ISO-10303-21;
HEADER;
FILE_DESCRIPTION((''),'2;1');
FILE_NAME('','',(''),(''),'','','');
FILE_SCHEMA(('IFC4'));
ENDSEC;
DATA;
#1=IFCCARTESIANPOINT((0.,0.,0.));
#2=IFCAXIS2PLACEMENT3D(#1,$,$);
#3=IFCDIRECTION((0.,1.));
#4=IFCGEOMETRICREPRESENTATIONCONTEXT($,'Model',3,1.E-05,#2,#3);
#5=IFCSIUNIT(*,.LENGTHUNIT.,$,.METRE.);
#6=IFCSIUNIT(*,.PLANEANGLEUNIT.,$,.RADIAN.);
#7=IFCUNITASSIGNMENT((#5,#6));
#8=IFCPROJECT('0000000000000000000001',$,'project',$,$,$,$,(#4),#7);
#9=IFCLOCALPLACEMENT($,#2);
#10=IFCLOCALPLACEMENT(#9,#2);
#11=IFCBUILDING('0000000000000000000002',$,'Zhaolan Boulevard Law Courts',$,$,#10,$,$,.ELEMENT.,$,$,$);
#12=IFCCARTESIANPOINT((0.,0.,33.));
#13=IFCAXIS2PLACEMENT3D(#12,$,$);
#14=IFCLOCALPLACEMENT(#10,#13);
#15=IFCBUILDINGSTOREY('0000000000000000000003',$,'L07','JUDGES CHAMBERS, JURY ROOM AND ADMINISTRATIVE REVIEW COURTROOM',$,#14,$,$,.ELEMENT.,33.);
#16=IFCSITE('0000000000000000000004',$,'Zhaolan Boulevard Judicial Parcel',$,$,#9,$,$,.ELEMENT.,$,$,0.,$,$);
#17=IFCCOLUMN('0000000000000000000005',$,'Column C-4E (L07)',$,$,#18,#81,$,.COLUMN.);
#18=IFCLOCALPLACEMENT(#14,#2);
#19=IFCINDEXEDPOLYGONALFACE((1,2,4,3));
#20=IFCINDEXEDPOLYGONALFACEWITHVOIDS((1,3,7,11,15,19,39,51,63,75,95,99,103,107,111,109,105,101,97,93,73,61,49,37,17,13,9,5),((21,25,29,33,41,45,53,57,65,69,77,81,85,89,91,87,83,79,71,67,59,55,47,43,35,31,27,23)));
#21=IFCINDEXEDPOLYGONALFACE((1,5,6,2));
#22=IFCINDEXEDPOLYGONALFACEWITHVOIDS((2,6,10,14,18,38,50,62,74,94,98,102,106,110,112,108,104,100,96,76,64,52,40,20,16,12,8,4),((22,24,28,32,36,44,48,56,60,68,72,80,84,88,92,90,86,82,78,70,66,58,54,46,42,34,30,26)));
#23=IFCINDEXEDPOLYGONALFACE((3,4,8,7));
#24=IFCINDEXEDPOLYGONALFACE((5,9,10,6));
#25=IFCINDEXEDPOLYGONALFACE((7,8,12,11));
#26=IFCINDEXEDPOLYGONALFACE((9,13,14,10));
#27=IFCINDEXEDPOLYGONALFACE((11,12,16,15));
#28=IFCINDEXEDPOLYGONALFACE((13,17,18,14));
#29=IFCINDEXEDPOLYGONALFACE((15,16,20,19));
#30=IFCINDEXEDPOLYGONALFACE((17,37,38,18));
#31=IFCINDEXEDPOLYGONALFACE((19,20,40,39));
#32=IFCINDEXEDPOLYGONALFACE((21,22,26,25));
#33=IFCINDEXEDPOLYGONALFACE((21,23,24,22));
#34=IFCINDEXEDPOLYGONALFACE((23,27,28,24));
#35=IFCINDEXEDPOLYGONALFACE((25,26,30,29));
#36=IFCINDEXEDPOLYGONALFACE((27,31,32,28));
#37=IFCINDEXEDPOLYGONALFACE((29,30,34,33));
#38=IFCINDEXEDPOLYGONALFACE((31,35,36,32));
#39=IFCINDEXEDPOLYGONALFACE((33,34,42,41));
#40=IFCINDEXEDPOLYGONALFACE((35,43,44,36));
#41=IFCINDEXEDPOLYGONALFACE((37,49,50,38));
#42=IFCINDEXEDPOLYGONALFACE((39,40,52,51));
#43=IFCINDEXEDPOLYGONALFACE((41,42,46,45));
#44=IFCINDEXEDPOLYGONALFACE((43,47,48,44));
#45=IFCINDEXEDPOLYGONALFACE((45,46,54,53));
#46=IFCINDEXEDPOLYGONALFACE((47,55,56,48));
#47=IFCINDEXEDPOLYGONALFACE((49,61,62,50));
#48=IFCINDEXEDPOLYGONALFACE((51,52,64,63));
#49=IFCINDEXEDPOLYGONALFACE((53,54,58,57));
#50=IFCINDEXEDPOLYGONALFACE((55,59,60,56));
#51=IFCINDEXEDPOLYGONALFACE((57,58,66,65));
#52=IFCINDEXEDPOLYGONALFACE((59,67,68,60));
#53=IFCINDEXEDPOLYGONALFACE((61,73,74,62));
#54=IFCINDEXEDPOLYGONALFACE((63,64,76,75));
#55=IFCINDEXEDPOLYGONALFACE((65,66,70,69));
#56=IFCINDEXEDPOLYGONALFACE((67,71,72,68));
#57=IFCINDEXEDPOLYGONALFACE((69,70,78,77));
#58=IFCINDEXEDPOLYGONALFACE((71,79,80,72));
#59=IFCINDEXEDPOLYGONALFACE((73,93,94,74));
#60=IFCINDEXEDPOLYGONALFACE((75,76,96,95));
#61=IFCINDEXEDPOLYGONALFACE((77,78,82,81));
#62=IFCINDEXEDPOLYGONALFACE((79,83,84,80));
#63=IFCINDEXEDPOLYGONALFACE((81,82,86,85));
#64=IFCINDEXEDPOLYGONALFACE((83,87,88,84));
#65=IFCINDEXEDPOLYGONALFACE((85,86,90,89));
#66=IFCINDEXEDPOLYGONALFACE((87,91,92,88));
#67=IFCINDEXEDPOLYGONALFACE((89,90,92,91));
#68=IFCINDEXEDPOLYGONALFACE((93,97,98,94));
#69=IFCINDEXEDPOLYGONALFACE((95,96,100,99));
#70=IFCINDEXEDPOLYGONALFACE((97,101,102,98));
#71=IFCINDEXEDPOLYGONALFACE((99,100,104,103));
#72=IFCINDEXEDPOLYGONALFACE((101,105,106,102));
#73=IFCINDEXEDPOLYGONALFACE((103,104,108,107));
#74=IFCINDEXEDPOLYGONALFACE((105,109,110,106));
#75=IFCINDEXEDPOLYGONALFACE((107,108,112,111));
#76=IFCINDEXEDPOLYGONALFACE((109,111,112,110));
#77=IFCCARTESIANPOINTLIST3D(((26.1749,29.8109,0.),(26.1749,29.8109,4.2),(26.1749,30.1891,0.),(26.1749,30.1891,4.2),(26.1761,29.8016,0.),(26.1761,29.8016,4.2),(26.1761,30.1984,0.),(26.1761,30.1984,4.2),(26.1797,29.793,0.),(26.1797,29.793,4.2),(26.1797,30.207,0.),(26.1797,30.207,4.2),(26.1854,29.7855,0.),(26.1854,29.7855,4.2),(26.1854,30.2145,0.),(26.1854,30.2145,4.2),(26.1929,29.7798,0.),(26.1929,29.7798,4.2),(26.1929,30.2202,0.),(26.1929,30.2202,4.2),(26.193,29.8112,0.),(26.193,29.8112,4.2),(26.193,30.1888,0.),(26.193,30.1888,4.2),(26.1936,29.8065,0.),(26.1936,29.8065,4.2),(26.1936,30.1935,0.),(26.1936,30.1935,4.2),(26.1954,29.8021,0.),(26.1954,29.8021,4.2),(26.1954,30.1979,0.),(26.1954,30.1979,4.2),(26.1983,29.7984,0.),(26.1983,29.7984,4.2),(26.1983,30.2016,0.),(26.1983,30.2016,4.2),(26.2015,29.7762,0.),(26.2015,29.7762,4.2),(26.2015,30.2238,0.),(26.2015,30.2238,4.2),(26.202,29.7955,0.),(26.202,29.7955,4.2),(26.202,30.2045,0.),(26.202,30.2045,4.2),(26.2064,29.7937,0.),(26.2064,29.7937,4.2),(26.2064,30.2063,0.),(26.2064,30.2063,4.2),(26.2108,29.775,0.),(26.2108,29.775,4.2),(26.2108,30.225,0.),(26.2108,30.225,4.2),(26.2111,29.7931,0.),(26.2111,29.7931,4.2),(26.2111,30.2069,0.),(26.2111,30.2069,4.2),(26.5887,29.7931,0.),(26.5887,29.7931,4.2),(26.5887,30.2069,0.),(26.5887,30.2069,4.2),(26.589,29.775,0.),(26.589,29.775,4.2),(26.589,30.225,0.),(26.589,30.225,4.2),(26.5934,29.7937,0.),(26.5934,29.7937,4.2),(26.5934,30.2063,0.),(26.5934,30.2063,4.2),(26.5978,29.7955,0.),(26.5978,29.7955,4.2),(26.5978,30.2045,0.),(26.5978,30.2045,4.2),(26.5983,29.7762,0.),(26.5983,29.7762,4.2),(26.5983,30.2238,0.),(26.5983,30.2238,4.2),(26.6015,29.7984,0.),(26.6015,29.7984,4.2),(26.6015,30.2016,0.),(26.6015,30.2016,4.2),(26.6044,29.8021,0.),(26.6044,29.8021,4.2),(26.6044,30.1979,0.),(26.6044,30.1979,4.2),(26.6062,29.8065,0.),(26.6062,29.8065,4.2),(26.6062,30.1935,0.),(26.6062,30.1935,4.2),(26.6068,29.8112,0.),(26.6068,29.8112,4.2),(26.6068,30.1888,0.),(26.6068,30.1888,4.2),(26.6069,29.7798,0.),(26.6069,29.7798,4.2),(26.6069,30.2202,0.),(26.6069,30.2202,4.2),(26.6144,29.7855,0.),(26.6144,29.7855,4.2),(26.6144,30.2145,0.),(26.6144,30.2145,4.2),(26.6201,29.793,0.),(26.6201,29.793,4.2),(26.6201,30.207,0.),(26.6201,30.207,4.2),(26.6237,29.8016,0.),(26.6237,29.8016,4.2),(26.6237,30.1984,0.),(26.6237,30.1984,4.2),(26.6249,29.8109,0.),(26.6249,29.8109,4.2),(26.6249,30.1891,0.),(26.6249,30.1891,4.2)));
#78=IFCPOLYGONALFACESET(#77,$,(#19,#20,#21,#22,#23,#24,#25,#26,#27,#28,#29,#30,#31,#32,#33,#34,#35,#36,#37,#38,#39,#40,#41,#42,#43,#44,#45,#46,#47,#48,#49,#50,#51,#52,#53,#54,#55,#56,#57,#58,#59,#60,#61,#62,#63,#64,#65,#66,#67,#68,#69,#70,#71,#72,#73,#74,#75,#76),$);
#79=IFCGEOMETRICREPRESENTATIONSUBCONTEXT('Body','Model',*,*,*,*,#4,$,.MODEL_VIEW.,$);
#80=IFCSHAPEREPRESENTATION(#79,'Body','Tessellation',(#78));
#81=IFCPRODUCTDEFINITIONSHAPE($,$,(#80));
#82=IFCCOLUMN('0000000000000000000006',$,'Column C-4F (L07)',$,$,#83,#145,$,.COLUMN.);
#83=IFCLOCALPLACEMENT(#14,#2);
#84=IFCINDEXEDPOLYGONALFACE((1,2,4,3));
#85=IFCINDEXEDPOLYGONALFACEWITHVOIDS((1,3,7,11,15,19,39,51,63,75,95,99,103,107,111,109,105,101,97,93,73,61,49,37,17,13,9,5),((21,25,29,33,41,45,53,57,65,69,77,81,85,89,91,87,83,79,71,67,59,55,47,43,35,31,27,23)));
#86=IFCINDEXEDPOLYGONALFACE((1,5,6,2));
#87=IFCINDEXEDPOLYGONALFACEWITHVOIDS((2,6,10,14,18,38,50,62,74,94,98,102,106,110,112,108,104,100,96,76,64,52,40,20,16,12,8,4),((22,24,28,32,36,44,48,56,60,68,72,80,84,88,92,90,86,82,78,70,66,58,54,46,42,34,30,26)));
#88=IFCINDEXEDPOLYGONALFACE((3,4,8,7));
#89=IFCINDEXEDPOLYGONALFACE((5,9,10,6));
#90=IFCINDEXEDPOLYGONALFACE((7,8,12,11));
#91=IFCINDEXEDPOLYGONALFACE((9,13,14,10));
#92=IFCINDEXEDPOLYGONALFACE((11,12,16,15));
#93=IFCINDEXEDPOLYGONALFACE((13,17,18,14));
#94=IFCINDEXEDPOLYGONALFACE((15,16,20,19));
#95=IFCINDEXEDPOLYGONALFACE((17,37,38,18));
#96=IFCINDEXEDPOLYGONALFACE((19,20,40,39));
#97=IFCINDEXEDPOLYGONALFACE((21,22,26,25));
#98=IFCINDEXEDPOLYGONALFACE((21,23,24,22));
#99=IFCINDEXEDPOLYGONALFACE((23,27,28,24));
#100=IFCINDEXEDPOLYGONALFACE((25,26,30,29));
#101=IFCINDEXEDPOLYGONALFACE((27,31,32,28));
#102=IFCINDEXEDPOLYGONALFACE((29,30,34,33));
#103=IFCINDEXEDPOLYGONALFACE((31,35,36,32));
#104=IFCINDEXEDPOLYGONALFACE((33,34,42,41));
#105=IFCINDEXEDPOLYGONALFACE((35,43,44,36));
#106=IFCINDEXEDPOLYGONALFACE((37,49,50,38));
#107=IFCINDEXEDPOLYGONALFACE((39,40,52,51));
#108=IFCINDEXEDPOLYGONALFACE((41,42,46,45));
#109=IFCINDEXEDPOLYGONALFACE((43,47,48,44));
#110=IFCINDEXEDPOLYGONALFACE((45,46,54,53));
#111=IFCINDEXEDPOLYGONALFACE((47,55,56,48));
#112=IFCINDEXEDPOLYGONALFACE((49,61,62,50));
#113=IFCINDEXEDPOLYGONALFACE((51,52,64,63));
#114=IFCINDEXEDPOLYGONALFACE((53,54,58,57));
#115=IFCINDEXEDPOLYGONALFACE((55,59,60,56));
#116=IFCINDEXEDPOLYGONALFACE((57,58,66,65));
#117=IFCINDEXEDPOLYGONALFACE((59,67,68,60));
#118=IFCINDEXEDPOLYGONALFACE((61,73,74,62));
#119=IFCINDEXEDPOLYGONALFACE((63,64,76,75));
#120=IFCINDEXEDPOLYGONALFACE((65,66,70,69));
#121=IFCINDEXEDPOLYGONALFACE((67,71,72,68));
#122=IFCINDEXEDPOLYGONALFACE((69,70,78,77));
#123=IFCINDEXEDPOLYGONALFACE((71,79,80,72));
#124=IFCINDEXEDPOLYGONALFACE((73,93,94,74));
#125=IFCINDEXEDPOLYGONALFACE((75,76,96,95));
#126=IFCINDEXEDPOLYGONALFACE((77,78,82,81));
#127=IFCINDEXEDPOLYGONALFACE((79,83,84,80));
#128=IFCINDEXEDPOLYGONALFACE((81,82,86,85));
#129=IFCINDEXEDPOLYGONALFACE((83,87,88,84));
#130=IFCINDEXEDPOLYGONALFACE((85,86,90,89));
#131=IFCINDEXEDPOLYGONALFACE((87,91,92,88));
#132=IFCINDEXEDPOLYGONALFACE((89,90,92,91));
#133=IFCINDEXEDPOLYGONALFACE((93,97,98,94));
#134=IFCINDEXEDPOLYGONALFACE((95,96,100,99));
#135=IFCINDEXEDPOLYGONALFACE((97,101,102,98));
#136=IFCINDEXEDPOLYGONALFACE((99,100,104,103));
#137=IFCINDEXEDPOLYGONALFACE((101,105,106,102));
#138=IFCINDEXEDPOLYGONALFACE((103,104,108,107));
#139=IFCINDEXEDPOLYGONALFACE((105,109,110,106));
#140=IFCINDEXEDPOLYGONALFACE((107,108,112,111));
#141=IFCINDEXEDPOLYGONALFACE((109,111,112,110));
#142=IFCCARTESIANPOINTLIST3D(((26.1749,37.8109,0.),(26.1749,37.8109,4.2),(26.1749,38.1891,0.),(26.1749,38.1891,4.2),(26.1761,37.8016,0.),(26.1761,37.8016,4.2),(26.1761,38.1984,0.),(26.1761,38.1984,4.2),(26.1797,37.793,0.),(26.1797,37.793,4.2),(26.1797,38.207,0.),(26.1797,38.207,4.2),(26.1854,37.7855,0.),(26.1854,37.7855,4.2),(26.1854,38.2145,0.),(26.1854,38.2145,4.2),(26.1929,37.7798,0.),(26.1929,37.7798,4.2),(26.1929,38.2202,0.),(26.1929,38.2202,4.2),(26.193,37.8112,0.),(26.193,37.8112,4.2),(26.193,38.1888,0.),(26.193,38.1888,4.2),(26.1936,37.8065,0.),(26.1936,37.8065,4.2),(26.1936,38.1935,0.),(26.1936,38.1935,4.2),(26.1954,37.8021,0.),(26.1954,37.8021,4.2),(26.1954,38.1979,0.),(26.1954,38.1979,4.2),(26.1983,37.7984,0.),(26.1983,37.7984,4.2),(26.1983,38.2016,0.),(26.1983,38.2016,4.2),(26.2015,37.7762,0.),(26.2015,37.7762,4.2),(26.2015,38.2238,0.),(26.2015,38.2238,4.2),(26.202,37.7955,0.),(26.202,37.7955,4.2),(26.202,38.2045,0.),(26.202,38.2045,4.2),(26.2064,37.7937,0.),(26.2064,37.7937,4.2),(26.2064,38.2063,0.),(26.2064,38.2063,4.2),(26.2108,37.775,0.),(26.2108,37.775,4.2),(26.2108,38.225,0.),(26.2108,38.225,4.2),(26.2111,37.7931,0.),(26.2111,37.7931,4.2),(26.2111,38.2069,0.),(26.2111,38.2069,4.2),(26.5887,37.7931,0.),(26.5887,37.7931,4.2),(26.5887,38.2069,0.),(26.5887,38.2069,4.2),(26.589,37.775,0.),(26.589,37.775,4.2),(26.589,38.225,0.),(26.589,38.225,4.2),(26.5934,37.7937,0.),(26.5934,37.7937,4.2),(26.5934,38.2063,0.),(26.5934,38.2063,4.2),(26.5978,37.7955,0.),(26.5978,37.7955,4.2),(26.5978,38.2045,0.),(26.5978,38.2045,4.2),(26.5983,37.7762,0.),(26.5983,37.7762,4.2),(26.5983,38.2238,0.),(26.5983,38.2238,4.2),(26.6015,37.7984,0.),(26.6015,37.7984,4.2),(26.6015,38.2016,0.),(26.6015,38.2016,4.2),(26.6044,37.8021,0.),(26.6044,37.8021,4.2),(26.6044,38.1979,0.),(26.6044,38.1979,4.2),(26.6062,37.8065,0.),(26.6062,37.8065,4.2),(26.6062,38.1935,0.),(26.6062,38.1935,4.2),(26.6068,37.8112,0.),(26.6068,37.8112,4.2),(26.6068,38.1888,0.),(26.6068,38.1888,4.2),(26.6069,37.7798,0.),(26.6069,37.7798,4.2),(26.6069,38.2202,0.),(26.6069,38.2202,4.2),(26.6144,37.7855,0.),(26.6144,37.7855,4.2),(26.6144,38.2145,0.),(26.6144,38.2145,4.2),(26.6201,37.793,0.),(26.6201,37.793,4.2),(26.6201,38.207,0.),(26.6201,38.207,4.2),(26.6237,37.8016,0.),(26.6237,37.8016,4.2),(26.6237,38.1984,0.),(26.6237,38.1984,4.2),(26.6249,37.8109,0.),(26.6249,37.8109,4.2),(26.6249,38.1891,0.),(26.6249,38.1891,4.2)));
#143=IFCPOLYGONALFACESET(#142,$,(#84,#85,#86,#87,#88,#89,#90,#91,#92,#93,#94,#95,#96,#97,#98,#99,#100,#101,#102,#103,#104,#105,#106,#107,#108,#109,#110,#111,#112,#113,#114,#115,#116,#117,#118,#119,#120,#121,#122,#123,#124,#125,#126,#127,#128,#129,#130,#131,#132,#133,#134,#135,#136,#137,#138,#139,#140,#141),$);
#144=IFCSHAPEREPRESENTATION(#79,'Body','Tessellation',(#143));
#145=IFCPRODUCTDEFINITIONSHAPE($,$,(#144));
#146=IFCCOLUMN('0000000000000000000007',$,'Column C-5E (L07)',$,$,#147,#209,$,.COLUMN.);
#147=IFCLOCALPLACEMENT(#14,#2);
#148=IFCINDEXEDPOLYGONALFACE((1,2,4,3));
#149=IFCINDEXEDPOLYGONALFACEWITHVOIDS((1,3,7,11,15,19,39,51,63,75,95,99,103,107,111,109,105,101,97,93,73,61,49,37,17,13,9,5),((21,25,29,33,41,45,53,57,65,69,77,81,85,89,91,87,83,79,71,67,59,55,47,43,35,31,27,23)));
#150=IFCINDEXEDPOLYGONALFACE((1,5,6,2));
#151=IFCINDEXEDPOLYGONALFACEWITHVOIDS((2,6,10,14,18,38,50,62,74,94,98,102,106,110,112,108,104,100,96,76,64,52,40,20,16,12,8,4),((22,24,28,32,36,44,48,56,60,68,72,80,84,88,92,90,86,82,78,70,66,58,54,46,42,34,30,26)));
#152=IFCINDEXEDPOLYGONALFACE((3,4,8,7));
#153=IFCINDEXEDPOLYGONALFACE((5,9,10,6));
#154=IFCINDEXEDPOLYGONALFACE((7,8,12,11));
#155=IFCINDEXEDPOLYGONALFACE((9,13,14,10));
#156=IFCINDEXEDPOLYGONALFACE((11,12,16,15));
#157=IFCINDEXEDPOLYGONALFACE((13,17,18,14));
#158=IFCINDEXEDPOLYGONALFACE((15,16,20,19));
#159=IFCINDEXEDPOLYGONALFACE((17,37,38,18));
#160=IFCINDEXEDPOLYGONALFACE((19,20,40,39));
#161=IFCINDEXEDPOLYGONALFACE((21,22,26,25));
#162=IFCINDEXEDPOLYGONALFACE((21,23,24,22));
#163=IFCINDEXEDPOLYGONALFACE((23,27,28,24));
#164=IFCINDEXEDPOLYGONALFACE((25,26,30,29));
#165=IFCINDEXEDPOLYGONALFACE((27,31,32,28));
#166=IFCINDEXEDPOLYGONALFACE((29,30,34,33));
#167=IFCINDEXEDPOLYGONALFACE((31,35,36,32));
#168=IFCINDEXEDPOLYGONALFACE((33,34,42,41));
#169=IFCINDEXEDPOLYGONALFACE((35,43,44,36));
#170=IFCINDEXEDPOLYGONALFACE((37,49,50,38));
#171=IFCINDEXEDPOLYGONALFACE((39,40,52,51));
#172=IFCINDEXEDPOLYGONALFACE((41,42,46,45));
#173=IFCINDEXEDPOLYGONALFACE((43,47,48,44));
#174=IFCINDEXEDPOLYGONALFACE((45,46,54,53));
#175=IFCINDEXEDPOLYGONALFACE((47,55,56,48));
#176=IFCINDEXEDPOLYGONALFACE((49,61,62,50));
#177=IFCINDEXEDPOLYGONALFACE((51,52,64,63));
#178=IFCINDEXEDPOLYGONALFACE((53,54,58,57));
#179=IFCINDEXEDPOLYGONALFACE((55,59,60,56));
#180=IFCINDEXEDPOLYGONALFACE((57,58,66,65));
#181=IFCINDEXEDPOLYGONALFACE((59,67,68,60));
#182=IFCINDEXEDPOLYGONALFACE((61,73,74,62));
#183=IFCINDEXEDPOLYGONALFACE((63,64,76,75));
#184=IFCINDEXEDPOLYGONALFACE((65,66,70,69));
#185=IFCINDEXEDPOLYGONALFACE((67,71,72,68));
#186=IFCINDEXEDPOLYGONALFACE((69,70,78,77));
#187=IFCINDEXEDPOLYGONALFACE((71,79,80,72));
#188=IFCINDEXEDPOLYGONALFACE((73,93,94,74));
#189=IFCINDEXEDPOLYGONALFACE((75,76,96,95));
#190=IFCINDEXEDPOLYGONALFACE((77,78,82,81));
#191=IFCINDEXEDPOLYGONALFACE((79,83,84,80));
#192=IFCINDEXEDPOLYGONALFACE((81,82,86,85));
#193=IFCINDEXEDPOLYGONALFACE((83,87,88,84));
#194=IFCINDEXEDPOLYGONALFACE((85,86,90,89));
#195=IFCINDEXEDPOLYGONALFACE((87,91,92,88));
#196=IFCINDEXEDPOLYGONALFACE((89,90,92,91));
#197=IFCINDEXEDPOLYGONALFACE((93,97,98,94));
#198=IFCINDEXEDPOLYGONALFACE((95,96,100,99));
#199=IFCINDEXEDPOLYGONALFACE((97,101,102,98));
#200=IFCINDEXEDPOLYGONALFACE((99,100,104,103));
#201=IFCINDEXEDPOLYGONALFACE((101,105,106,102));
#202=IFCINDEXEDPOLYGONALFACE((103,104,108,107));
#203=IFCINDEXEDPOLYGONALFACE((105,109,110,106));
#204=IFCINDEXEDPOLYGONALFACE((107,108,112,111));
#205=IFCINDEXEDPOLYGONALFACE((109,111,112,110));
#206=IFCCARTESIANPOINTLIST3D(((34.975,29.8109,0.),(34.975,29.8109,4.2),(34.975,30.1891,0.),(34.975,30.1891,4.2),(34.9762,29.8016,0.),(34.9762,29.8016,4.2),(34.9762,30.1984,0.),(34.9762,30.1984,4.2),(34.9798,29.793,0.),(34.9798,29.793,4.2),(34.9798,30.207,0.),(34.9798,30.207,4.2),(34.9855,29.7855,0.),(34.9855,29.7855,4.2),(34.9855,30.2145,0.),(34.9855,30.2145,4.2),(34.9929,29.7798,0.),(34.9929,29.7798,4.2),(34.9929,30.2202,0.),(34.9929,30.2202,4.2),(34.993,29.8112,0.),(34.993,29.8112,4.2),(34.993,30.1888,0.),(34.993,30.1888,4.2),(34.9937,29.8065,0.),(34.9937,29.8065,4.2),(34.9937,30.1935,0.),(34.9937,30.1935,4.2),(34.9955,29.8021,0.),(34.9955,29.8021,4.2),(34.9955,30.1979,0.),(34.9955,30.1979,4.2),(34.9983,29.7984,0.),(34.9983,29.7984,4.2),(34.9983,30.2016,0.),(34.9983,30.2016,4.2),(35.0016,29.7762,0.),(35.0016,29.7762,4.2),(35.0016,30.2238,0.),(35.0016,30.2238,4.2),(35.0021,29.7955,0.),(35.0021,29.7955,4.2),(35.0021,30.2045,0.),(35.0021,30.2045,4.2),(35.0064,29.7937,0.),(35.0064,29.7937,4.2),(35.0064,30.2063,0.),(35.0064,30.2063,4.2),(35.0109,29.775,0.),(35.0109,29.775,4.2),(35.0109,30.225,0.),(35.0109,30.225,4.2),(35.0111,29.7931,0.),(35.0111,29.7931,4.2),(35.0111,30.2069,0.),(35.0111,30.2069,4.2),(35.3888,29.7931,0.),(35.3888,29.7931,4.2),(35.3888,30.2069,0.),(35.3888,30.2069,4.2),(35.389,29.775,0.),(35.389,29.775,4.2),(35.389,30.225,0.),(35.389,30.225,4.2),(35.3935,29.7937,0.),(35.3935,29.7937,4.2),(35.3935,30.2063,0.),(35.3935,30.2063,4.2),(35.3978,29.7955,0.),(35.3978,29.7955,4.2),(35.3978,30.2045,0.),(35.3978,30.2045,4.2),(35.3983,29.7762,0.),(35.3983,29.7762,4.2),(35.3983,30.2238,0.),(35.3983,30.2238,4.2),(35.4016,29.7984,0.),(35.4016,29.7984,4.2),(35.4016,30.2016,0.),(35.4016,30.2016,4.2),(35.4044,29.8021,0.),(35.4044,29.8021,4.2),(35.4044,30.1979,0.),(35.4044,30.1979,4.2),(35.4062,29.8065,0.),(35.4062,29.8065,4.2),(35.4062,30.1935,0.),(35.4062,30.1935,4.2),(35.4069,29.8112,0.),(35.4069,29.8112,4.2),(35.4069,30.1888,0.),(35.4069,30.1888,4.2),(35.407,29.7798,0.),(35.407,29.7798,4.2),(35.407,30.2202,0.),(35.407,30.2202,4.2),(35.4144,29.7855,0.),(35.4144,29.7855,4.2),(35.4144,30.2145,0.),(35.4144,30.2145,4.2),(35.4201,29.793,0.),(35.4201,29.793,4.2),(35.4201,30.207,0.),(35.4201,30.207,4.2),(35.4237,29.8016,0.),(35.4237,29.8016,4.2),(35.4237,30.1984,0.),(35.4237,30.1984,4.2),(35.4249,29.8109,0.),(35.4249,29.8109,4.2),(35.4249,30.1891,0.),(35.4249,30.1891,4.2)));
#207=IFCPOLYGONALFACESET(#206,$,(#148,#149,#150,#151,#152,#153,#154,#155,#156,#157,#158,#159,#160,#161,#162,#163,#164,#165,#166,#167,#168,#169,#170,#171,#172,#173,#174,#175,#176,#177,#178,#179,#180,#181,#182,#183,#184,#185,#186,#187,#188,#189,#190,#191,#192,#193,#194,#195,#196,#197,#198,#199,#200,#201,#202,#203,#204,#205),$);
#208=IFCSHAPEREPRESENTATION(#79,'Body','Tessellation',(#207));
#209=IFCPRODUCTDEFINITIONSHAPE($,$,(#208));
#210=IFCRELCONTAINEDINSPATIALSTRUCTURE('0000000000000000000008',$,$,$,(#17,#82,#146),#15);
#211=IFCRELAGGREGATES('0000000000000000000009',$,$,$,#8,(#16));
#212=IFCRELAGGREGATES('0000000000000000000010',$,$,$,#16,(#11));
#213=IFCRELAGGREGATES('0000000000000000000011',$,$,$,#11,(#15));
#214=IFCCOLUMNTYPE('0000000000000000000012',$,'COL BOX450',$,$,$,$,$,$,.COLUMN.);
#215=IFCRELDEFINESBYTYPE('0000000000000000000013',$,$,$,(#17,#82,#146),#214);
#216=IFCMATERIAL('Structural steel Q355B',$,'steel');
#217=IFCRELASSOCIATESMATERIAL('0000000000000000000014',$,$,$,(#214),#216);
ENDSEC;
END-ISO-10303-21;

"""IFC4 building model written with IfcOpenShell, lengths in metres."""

from ifc_helpers import new_model, si_unit, direction, frame, origin, origin_2d, place, context, subcontext, project, spatial, hollow_rectangle, extrude, material, material_profile, profile_set, type_object, element, save


model = new_model("IFC4")

# Units and contexts
model_context = context("Model", 3, precision=1e-05, world=origin(), true_north=direction((0.0, 1.0)))
body_context = subcontext(model_context, "Body", "Model", "MODEL_VIEW")
ifc_project = project(units=[si_unit("LENGTHUNIT", "METRE"), si_unit("PLANEANGLEUNIT", "RADIAN")], contexts=[model_context])

# Site, building, storey
site_placement = place(None, origin())
site = spatial("IfcSite", under=ifc_project, at=site_placement, Name="Zhaolan Boulevard Judicial Parcel", CompositionType="ELEMENT", RefElevation=0.0)
building_placement = place(site_placement, origin())
building = spatial("IfcBuilding", under=site, at=building_placement, Name="Zhaolan Boulevard Law Courts", CompositionType="ELEMENT")
storey_placement = place(building_placement, frame((0.0, 0.0, 33.0)))
storey = spatial("IfcBuildingStorey", under=building, at=storey_placement, Name="L07", Description="JUDGES CHAMBERS, JURY ROOM AND ADMINISTRATIVE REVIEW COURTROOM", CompositionType="ELEMENT", Elevation=33.0)

# Columns
ifc_material_1 = material(Name="Structural steel Q355B", Category="steel")
ifc_material_profile_1 = material_profile(ifc_material_1, hollow_rectangle(XDim=0.45, YDim=0.45, WallThickness=0.0181, InnerFilletRadius=0.0181, OuterFilletRadius=0.0359, at=origin_2d()), Name="BOX450x450x18")
ifc_profile_set_1 = profile_set([ifc_material_profile_1], Name="Structural steel Q355B")
column_type = type_object("IfcColumnType", Name="COL BOX450", PredefinedType="COLUMN", material=ifc_profile_set_1)
for number, where, z_axis, x_axis, name in (
    (1, (26.3999, 30.0, 0.0), (0.0, 0.0, 1.0), (1.0, 0.0, 0.0), "Column C-4E (L07)"),
    (2, (26.3999, 38.0, 0.0), (0.0, 0.0, 1.0), (1.0, 0.0, 0.0), "Column C-4F (L07)"),
    (3, (35.2, 30.0, 0.0), (0.0, 0.0, 1.0), (1.0, 0.0, 0.0), "Column C-5E (L07)"),
):
    element("IfcColumn", number, at=place(storey_placement, frame(where, z_axis=z_axis, x_axis=x_axis)), inside=storey, type_object=column_type, Name=name, PredefinedType="COLUMN", context=body_context, shape_type="SweptSolid", body=[
        extrude(hollow_rectangle(XDim=0.45, YDim=0.45, WallThickness=0.0181, InnerFilletRadius=0.0181, OuterFilletRadius=0.0359, at=origin_2d()), origin(), (0.0, 0.0, 1.0), 4.2),
    ])

save(model, "model.ifc")
